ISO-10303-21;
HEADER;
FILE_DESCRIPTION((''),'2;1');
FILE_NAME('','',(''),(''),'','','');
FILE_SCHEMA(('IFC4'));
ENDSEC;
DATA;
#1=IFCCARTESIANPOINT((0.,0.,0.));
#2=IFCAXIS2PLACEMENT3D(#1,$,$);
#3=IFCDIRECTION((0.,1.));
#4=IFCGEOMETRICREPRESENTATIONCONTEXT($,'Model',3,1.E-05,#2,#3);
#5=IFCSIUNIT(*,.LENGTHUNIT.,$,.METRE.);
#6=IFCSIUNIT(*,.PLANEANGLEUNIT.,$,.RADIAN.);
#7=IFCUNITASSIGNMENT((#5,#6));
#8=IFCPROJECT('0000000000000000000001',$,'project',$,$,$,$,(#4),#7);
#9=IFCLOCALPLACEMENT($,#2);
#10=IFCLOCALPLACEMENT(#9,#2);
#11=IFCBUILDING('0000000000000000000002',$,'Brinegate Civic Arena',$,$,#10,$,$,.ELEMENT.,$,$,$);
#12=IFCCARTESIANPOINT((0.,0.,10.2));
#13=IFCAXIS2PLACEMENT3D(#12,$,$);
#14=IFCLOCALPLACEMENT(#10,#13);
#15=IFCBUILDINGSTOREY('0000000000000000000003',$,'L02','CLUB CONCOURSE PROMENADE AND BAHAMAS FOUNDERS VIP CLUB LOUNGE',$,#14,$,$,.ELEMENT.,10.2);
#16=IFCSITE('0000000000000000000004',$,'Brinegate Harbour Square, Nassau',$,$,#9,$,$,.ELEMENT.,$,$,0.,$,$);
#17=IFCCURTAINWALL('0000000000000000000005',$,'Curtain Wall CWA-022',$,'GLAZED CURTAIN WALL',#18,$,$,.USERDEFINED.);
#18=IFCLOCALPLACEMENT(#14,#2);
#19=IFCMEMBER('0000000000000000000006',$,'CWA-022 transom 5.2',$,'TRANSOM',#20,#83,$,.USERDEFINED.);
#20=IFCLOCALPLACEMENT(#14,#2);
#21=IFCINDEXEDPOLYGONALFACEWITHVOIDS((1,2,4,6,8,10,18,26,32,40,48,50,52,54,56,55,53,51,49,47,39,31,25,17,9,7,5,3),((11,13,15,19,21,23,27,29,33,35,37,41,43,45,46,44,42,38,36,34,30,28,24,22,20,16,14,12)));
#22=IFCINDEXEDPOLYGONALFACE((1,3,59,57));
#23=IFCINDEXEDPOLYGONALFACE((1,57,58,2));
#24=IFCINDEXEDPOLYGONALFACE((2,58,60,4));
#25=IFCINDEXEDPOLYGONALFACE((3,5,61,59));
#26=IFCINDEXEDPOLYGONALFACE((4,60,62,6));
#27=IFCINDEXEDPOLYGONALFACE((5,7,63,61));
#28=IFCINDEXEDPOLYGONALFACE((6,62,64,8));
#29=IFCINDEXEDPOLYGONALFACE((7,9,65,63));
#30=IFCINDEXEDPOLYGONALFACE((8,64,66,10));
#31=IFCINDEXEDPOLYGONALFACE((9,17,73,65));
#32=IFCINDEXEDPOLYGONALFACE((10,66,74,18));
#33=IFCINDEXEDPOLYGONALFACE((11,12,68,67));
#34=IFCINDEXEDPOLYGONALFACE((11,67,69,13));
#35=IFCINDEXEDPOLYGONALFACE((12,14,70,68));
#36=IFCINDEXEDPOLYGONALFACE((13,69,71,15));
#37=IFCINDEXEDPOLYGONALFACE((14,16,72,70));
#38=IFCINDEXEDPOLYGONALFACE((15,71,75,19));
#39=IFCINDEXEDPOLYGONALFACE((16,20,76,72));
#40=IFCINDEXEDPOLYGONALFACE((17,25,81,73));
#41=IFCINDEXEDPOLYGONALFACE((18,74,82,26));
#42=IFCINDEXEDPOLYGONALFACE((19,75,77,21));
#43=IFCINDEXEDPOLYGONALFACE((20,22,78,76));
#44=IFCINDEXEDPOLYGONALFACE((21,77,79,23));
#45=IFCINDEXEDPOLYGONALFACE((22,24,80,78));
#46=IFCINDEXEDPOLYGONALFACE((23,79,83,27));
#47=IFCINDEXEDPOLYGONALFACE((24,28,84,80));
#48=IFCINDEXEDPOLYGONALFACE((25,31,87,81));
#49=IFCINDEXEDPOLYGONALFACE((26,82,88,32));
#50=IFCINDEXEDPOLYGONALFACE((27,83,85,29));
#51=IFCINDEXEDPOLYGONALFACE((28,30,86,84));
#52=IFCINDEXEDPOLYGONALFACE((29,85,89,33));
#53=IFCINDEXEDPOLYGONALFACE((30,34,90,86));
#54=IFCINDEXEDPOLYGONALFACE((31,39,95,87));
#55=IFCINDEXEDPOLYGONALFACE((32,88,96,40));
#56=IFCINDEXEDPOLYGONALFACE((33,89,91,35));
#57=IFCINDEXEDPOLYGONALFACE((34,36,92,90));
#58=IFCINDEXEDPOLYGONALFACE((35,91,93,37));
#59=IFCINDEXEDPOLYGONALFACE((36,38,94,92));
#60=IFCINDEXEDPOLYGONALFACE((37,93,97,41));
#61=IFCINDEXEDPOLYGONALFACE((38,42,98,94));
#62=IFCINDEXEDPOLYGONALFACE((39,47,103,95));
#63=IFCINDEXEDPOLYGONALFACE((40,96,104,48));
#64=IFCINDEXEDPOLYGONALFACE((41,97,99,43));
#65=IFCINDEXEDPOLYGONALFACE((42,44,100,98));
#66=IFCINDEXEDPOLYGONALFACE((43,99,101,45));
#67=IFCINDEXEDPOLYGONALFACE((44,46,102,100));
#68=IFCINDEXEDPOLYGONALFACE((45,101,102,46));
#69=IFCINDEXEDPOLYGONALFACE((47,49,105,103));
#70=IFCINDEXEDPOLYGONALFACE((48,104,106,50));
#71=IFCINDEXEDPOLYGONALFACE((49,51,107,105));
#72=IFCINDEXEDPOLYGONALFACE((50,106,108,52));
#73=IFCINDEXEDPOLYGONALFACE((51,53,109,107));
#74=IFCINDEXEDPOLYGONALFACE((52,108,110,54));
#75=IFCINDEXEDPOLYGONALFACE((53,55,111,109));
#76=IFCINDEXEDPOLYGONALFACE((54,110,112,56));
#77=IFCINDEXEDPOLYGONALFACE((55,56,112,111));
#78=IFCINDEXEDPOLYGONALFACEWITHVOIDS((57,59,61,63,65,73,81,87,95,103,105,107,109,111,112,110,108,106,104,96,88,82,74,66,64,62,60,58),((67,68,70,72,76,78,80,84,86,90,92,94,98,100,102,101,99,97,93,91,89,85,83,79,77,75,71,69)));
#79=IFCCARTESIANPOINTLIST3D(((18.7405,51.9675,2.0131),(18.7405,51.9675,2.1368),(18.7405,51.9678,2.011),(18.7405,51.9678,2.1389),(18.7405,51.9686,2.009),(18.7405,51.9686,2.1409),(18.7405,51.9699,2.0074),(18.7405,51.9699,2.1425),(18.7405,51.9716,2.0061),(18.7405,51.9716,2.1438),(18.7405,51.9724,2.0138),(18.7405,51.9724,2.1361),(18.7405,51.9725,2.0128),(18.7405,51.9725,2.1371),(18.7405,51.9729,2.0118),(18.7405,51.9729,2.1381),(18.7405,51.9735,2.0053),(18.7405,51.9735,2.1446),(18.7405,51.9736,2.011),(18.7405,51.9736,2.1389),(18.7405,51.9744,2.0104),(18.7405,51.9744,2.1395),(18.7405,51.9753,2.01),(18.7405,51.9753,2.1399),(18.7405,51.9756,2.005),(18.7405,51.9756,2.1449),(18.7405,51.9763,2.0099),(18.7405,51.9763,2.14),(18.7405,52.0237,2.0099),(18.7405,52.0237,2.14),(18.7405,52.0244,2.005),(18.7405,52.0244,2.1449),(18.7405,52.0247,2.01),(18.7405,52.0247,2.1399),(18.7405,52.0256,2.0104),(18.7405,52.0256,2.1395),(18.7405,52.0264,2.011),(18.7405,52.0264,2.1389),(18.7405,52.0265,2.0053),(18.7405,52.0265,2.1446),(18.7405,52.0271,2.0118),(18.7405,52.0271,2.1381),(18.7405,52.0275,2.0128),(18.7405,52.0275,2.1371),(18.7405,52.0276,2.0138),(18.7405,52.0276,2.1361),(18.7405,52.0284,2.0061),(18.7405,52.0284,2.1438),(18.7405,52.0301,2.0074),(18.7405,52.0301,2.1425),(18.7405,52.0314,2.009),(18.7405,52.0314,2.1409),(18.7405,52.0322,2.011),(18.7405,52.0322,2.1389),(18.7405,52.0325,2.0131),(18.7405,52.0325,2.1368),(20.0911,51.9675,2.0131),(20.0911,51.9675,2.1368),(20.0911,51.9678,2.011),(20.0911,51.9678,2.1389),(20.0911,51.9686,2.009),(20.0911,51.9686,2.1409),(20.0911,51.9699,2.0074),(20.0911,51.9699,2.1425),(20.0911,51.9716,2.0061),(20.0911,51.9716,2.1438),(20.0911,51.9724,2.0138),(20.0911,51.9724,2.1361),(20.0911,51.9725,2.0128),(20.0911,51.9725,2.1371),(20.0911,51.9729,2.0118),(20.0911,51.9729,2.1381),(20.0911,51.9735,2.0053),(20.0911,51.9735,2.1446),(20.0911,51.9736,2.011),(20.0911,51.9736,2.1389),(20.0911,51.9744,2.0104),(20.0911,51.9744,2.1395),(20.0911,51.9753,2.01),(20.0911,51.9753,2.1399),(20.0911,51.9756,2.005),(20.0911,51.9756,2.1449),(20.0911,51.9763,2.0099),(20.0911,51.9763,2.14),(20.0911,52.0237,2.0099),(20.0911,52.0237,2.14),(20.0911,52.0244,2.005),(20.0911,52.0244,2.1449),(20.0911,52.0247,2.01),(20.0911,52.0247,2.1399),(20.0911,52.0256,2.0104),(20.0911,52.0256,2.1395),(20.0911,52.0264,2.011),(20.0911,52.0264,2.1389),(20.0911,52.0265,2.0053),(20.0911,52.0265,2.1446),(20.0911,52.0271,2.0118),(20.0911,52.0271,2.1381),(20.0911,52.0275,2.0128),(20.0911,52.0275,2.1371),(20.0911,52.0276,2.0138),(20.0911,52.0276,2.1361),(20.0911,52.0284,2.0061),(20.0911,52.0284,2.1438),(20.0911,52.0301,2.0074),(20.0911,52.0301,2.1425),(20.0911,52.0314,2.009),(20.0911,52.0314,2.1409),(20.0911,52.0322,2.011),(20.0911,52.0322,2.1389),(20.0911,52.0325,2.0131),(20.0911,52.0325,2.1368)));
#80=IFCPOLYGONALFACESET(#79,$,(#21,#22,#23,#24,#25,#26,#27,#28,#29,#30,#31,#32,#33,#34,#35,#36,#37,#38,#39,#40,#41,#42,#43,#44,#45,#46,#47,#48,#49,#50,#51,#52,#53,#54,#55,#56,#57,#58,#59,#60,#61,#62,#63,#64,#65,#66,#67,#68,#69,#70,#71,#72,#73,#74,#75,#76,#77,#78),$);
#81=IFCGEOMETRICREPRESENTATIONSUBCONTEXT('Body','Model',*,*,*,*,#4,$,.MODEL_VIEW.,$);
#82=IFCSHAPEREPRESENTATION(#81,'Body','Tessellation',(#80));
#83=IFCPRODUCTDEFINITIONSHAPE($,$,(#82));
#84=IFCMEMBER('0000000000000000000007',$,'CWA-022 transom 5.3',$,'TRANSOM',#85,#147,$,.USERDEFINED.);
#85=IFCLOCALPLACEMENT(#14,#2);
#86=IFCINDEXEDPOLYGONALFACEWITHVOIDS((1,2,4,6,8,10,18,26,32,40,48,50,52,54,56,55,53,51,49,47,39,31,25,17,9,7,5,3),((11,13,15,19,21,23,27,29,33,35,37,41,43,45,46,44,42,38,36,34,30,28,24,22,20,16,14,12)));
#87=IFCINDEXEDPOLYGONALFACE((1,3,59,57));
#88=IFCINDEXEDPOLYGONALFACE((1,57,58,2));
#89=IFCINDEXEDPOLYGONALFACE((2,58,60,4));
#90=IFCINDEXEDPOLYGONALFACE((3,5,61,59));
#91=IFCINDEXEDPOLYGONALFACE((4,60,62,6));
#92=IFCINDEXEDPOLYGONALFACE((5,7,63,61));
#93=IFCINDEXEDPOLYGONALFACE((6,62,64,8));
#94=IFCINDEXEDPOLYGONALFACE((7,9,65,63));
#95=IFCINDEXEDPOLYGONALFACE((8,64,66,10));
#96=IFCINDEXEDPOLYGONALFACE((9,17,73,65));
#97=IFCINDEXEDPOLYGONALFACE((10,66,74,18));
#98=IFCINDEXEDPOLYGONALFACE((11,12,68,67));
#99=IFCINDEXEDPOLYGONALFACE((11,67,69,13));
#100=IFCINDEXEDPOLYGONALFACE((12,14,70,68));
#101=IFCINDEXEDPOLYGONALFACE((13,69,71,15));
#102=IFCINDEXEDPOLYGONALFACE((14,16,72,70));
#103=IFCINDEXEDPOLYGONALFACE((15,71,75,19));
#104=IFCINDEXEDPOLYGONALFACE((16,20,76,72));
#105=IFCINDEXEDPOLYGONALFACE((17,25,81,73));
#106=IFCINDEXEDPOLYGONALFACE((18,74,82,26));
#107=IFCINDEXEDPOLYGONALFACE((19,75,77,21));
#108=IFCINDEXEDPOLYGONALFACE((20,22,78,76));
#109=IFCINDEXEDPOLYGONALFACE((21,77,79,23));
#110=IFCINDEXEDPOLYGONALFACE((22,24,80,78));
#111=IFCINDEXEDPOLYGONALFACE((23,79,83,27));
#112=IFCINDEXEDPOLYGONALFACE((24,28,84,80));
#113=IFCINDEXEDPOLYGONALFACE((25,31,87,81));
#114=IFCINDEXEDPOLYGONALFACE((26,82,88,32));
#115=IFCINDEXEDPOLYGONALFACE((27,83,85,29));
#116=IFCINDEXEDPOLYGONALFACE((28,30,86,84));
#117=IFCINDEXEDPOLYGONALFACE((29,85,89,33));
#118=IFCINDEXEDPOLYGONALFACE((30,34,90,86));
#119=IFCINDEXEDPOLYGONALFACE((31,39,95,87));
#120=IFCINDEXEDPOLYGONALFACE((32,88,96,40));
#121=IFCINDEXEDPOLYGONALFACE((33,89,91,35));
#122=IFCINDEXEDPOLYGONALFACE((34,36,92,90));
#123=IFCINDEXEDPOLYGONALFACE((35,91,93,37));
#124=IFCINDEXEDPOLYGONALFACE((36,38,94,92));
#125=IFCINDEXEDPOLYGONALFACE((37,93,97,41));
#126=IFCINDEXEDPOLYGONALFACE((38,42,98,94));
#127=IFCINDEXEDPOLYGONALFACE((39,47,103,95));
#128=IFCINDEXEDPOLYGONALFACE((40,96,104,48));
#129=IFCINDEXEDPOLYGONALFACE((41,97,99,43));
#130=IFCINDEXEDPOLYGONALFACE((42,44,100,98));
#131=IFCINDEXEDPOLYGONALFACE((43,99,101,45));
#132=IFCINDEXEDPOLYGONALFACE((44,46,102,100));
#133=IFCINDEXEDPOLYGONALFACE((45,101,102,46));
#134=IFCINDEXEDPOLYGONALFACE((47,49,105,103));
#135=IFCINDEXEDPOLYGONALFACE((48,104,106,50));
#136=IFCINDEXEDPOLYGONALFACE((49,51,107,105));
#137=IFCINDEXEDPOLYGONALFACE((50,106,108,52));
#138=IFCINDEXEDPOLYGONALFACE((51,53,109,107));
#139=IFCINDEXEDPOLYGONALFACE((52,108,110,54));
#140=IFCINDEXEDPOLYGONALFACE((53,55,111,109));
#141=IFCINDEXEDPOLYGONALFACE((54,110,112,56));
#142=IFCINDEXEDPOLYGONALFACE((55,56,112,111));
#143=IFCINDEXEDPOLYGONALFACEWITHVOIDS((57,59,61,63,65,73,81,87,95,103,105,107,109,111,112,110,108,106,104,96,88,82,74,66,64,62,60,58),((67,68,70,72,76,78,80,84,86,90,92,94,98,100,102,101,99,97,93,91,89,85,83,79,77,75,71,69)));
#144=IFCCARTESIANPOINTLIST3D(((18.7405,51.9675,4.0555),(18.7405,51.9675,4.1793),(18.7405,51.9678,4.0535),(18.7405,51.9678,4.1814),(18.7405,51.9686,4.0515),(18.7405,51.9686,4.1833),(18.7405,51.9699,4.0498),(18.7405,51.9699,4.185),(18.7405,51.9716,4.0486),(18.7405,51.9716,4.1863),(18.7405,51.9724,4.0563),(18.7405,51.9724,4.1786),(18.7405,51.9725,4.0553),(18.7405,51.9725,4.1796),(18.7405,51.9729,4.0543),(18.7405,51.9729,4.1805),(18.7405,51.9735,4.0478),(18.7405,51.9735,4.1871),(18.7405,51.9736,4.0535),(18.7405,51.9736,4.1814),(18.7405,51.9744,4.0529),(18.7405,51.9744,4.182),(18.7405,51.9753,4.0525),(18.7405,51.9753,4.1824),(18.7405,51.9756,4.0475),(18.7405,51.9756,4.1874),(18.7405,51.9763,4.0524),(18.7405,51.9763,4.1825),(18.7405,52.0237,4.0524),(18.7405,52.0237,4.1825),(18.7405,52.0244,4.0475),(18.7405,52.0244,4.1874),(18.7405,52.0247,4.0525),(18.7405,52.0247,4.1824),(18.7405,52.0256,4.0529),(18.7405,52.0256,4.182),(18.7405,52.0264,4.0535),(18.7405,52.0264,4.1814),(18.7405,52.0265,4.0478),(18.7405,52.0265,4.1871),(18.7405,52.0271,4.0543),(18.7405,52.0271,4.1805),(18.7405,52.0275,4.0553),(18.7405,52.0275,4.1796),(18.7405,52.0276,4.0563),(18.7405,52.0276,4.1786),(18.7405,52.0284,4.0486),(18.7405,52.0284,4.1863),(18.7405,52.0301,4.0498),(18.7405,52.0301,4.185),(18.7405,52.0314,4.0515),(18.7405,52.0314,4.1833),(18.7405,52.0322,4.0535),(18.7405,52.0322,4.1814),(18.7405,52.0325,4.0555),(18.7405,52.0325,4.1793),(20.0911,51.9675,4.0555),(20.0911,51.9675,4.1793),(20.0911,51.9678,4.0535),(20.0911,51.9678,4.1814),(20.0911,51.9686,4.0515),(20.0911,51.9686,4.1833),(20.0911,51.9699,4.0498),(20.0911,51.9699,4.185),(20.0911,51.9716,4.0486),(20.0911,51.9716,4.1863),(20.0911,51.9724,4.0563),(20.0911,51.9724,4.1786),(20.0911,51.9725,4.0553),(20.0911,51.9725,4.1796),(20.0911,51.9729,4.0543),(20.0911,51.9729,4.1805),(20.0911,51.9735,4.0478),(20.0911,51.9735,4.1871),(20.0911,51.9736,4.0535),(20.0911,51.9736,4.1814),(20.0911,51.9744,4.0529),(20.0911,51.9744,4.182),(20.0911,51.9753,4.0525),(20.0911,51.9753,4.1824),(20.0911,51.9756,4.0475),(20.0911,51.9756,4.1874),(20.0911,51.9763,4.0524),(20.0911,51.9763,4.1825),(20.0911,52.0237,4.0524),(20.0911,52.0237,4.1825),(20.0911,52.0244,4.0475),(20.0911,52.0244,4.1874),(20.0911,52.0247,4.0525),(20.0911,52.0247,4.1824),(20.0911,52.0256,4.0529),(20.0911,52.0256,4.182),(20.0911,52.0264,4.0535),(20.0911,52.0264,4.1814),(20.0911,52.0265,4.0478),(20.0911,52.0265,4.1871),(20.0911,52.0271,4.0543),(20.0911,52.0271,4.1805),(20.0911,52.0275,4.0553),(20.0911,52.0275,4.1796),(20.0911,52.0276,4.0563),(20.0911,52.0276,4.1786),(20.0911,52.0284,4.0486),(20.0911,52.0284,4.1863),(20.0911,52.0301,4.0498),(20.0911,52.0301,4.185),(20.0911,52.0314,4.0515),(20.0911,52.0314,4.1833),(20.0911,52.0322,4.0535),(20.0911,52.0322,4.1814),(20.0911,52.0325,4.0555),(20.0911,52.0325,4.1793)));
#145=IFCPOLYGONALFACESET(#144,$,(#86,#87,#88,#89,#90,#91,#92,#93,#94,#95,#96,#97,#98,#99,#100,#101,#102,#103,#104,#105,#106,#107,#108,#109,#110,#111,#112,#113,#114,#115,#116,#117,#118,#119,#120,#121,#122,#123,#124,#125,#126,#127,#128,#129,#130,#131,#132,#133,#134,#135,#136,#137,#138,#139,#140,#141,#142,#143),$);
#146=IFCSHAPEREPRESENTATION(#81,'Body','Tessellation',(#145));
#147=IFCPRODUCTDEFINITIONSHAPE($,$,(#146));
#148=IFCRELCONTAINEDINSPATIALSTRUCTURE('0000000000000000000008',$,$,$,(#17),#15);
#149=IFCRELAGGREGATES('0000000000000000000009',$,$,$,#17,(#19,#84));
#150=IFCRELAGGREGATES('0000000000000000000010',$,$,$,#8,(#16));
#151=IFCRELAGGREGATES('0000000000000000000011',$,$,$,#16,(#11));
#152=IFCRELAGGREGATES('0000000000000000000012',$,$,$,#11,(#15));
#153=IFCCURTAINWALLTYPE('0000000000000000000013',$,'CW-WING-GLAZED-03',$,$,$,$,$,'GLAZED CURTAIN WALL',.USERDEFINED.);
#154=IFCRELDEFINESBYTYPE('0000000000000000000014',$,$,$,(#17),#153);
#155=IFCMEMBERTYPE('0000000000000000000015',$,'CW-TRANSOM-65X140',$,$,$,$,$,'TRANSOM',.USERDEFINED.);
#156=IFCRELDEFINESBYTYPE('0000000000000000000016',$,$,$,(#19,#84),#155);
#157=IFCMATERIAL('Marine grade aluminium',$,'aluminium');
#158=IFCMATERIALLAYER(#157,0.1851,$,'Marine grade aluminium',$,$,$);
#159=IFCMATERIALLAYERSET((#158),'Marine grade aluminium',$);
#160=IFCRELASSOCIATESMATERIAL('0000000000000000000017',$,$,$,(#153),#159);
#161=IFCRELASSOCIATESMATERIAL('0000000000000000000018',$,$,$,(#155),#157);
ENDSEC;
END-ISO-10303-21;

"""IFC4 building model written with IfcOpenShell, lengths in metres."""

from ifc_helpers import new_model, si_unit, direction, frame, origin, origin_2d, place, context, subcontext, project, spatial, hollow_rectangle, extrude, material, layer, layer_set, material_profile, profile_set, type_object, element, aggregate, save


model = new_model("IFC4")

# Units and contexts
model_context = context("Model", 3, precision=1e-05, world=origin(), true_north=direction((0.0, 1.0)))
body_context = subcontext(model_context, "Body", "Model", "MODEL_VIEW")
ifc_project = project(units=[si_unit("LENGTHUNIT", "METRE"), si_unit("PLANEANGLEUNIT", "RADIAN")], contexts=[model_context])

# Site, building, storey
site_placement = place(None, origin())
site = spatial("IfcSite", under=ifc_project, at=site_placement, Name="Brinegate Harbour Square, Nassau", CompositionType="ELEMENT", RefElevation=0.0)
building_placement = place(site_placement, origin())
building = spatial("IfcBuilding", under=site, at=building_placement, Name="Brinegate Civic Arena", CompositionType="ELEMENT")
storey_placement = place(building_placement, frame((0.0, 0.0, 10.2)))
storey = spatial("IfcBuildingStorey", under=building, at=storey_placement, Name="L02", Description="CLUB CONCOURSE PROMENADE AND BAHAMAS FOUNDERS VIP CLUB LOUNGE", CompositionType="ELEMENT", Elevation=10.2)

# Curtain wall, members
ifc_material_1 = material(Name="Marine grade aluminium", Category="aluminium")
ifc_layer_1 = layer(ifc_material_1, 0.1851, Name="Marine grade aluminium")
ifc_layer_set_1 = layer_set([ifc_layer_1], Name="Marine grade aluminium")
curtain_wall_type = type_object("IfcCurtainWallType", Name="CW-WING-GLAZED-03", ElementType="GLAZED CURTAIN WALL", PredefinedType="USERDEFINED", material=ifc_layer_set_1)
curtain_wall_placement = place(storey_placement, origin())
curtain_wall = element("IfcCurtainWall", 1, at=curtain_wall_placement, inside=storey, type_object=curtain_wall_type, Name="Curtain Wall CWA-022", ObjectType="GLAZED CURTAIN WALL", PredefinedType="USERDEFINED")
ifc_material_profile_1 = material_profile(ifc_material_1, hollow_rectangle(XDim=0.0649, YDim=0.1399, WallThickness=0.0049, InnerFilletRadius=0.0039, OuterFilletRadius=0.0081, at=origin_2d()), Name="TRN65X140")
ifc_profile_set_1 = profile_set([ifc_material_profile_1], Name="Marine grade aluminium")
member_type_1 = type_object("IfcMemberType", Name="CW-TRANSOM-65X140", ElementType="TRANSOM", PredefinedType="USERDEFINED", material=ifc_profile_set_1)
member_1_placement = place(storey_placement, frame((18.7405, 52.0, 2.075), z_axis=(1.0, 0.0, 0.0), x_axis=(0.0, 1.0, 0.0)))
member_1 = element("IfcMember", 2, at=member_1_placement, type_object=member_type_1, Name="CWA-022 transom 5.2", ObjectType="TRANSOM", PredefinedType="USERDEFINED", context=body_context, shape_type="SweptSolid", body=[
    extrude(hollow_rectangle(XDim=0.0649, YDim=0.1399, WallThickness=0.0049, InnerFilletRadius=0.0039, OuterFilletRadius=0.0081, at=origin_2d()), origin(), (0.0, 0.0, 1.0), 1.3506),
])
member_2_placement = place(storey_placement, frame((18.7405, 52.0, 4.1174), z_axis=(1.0, 0.0, 0.0), x_axis=(0.0, 1.0, 0.0)))
member_2 = element("IfcMember", 3, at=member_2_placement, type_object=member_type_1, Name="CWA-022 transom 5.3", ObjectType="TRANSOM", PredefinedType="USERDEFINED", context=body_context, shape_type="SweptSolid", body=[
    extrude(hollow_rectangle(XDim=0.0649, YDim=0.1399, WallThickness=0.0049, InnerFilletRadius=0.0039, OuterFilletRadius=0.0081, at=origin_2d()), origin(), (0.0, 0.0, 1.0), 1.3506),
])
aggregate(curtain_wall, [member_1, member_2])

save(model, "model.ifc")
